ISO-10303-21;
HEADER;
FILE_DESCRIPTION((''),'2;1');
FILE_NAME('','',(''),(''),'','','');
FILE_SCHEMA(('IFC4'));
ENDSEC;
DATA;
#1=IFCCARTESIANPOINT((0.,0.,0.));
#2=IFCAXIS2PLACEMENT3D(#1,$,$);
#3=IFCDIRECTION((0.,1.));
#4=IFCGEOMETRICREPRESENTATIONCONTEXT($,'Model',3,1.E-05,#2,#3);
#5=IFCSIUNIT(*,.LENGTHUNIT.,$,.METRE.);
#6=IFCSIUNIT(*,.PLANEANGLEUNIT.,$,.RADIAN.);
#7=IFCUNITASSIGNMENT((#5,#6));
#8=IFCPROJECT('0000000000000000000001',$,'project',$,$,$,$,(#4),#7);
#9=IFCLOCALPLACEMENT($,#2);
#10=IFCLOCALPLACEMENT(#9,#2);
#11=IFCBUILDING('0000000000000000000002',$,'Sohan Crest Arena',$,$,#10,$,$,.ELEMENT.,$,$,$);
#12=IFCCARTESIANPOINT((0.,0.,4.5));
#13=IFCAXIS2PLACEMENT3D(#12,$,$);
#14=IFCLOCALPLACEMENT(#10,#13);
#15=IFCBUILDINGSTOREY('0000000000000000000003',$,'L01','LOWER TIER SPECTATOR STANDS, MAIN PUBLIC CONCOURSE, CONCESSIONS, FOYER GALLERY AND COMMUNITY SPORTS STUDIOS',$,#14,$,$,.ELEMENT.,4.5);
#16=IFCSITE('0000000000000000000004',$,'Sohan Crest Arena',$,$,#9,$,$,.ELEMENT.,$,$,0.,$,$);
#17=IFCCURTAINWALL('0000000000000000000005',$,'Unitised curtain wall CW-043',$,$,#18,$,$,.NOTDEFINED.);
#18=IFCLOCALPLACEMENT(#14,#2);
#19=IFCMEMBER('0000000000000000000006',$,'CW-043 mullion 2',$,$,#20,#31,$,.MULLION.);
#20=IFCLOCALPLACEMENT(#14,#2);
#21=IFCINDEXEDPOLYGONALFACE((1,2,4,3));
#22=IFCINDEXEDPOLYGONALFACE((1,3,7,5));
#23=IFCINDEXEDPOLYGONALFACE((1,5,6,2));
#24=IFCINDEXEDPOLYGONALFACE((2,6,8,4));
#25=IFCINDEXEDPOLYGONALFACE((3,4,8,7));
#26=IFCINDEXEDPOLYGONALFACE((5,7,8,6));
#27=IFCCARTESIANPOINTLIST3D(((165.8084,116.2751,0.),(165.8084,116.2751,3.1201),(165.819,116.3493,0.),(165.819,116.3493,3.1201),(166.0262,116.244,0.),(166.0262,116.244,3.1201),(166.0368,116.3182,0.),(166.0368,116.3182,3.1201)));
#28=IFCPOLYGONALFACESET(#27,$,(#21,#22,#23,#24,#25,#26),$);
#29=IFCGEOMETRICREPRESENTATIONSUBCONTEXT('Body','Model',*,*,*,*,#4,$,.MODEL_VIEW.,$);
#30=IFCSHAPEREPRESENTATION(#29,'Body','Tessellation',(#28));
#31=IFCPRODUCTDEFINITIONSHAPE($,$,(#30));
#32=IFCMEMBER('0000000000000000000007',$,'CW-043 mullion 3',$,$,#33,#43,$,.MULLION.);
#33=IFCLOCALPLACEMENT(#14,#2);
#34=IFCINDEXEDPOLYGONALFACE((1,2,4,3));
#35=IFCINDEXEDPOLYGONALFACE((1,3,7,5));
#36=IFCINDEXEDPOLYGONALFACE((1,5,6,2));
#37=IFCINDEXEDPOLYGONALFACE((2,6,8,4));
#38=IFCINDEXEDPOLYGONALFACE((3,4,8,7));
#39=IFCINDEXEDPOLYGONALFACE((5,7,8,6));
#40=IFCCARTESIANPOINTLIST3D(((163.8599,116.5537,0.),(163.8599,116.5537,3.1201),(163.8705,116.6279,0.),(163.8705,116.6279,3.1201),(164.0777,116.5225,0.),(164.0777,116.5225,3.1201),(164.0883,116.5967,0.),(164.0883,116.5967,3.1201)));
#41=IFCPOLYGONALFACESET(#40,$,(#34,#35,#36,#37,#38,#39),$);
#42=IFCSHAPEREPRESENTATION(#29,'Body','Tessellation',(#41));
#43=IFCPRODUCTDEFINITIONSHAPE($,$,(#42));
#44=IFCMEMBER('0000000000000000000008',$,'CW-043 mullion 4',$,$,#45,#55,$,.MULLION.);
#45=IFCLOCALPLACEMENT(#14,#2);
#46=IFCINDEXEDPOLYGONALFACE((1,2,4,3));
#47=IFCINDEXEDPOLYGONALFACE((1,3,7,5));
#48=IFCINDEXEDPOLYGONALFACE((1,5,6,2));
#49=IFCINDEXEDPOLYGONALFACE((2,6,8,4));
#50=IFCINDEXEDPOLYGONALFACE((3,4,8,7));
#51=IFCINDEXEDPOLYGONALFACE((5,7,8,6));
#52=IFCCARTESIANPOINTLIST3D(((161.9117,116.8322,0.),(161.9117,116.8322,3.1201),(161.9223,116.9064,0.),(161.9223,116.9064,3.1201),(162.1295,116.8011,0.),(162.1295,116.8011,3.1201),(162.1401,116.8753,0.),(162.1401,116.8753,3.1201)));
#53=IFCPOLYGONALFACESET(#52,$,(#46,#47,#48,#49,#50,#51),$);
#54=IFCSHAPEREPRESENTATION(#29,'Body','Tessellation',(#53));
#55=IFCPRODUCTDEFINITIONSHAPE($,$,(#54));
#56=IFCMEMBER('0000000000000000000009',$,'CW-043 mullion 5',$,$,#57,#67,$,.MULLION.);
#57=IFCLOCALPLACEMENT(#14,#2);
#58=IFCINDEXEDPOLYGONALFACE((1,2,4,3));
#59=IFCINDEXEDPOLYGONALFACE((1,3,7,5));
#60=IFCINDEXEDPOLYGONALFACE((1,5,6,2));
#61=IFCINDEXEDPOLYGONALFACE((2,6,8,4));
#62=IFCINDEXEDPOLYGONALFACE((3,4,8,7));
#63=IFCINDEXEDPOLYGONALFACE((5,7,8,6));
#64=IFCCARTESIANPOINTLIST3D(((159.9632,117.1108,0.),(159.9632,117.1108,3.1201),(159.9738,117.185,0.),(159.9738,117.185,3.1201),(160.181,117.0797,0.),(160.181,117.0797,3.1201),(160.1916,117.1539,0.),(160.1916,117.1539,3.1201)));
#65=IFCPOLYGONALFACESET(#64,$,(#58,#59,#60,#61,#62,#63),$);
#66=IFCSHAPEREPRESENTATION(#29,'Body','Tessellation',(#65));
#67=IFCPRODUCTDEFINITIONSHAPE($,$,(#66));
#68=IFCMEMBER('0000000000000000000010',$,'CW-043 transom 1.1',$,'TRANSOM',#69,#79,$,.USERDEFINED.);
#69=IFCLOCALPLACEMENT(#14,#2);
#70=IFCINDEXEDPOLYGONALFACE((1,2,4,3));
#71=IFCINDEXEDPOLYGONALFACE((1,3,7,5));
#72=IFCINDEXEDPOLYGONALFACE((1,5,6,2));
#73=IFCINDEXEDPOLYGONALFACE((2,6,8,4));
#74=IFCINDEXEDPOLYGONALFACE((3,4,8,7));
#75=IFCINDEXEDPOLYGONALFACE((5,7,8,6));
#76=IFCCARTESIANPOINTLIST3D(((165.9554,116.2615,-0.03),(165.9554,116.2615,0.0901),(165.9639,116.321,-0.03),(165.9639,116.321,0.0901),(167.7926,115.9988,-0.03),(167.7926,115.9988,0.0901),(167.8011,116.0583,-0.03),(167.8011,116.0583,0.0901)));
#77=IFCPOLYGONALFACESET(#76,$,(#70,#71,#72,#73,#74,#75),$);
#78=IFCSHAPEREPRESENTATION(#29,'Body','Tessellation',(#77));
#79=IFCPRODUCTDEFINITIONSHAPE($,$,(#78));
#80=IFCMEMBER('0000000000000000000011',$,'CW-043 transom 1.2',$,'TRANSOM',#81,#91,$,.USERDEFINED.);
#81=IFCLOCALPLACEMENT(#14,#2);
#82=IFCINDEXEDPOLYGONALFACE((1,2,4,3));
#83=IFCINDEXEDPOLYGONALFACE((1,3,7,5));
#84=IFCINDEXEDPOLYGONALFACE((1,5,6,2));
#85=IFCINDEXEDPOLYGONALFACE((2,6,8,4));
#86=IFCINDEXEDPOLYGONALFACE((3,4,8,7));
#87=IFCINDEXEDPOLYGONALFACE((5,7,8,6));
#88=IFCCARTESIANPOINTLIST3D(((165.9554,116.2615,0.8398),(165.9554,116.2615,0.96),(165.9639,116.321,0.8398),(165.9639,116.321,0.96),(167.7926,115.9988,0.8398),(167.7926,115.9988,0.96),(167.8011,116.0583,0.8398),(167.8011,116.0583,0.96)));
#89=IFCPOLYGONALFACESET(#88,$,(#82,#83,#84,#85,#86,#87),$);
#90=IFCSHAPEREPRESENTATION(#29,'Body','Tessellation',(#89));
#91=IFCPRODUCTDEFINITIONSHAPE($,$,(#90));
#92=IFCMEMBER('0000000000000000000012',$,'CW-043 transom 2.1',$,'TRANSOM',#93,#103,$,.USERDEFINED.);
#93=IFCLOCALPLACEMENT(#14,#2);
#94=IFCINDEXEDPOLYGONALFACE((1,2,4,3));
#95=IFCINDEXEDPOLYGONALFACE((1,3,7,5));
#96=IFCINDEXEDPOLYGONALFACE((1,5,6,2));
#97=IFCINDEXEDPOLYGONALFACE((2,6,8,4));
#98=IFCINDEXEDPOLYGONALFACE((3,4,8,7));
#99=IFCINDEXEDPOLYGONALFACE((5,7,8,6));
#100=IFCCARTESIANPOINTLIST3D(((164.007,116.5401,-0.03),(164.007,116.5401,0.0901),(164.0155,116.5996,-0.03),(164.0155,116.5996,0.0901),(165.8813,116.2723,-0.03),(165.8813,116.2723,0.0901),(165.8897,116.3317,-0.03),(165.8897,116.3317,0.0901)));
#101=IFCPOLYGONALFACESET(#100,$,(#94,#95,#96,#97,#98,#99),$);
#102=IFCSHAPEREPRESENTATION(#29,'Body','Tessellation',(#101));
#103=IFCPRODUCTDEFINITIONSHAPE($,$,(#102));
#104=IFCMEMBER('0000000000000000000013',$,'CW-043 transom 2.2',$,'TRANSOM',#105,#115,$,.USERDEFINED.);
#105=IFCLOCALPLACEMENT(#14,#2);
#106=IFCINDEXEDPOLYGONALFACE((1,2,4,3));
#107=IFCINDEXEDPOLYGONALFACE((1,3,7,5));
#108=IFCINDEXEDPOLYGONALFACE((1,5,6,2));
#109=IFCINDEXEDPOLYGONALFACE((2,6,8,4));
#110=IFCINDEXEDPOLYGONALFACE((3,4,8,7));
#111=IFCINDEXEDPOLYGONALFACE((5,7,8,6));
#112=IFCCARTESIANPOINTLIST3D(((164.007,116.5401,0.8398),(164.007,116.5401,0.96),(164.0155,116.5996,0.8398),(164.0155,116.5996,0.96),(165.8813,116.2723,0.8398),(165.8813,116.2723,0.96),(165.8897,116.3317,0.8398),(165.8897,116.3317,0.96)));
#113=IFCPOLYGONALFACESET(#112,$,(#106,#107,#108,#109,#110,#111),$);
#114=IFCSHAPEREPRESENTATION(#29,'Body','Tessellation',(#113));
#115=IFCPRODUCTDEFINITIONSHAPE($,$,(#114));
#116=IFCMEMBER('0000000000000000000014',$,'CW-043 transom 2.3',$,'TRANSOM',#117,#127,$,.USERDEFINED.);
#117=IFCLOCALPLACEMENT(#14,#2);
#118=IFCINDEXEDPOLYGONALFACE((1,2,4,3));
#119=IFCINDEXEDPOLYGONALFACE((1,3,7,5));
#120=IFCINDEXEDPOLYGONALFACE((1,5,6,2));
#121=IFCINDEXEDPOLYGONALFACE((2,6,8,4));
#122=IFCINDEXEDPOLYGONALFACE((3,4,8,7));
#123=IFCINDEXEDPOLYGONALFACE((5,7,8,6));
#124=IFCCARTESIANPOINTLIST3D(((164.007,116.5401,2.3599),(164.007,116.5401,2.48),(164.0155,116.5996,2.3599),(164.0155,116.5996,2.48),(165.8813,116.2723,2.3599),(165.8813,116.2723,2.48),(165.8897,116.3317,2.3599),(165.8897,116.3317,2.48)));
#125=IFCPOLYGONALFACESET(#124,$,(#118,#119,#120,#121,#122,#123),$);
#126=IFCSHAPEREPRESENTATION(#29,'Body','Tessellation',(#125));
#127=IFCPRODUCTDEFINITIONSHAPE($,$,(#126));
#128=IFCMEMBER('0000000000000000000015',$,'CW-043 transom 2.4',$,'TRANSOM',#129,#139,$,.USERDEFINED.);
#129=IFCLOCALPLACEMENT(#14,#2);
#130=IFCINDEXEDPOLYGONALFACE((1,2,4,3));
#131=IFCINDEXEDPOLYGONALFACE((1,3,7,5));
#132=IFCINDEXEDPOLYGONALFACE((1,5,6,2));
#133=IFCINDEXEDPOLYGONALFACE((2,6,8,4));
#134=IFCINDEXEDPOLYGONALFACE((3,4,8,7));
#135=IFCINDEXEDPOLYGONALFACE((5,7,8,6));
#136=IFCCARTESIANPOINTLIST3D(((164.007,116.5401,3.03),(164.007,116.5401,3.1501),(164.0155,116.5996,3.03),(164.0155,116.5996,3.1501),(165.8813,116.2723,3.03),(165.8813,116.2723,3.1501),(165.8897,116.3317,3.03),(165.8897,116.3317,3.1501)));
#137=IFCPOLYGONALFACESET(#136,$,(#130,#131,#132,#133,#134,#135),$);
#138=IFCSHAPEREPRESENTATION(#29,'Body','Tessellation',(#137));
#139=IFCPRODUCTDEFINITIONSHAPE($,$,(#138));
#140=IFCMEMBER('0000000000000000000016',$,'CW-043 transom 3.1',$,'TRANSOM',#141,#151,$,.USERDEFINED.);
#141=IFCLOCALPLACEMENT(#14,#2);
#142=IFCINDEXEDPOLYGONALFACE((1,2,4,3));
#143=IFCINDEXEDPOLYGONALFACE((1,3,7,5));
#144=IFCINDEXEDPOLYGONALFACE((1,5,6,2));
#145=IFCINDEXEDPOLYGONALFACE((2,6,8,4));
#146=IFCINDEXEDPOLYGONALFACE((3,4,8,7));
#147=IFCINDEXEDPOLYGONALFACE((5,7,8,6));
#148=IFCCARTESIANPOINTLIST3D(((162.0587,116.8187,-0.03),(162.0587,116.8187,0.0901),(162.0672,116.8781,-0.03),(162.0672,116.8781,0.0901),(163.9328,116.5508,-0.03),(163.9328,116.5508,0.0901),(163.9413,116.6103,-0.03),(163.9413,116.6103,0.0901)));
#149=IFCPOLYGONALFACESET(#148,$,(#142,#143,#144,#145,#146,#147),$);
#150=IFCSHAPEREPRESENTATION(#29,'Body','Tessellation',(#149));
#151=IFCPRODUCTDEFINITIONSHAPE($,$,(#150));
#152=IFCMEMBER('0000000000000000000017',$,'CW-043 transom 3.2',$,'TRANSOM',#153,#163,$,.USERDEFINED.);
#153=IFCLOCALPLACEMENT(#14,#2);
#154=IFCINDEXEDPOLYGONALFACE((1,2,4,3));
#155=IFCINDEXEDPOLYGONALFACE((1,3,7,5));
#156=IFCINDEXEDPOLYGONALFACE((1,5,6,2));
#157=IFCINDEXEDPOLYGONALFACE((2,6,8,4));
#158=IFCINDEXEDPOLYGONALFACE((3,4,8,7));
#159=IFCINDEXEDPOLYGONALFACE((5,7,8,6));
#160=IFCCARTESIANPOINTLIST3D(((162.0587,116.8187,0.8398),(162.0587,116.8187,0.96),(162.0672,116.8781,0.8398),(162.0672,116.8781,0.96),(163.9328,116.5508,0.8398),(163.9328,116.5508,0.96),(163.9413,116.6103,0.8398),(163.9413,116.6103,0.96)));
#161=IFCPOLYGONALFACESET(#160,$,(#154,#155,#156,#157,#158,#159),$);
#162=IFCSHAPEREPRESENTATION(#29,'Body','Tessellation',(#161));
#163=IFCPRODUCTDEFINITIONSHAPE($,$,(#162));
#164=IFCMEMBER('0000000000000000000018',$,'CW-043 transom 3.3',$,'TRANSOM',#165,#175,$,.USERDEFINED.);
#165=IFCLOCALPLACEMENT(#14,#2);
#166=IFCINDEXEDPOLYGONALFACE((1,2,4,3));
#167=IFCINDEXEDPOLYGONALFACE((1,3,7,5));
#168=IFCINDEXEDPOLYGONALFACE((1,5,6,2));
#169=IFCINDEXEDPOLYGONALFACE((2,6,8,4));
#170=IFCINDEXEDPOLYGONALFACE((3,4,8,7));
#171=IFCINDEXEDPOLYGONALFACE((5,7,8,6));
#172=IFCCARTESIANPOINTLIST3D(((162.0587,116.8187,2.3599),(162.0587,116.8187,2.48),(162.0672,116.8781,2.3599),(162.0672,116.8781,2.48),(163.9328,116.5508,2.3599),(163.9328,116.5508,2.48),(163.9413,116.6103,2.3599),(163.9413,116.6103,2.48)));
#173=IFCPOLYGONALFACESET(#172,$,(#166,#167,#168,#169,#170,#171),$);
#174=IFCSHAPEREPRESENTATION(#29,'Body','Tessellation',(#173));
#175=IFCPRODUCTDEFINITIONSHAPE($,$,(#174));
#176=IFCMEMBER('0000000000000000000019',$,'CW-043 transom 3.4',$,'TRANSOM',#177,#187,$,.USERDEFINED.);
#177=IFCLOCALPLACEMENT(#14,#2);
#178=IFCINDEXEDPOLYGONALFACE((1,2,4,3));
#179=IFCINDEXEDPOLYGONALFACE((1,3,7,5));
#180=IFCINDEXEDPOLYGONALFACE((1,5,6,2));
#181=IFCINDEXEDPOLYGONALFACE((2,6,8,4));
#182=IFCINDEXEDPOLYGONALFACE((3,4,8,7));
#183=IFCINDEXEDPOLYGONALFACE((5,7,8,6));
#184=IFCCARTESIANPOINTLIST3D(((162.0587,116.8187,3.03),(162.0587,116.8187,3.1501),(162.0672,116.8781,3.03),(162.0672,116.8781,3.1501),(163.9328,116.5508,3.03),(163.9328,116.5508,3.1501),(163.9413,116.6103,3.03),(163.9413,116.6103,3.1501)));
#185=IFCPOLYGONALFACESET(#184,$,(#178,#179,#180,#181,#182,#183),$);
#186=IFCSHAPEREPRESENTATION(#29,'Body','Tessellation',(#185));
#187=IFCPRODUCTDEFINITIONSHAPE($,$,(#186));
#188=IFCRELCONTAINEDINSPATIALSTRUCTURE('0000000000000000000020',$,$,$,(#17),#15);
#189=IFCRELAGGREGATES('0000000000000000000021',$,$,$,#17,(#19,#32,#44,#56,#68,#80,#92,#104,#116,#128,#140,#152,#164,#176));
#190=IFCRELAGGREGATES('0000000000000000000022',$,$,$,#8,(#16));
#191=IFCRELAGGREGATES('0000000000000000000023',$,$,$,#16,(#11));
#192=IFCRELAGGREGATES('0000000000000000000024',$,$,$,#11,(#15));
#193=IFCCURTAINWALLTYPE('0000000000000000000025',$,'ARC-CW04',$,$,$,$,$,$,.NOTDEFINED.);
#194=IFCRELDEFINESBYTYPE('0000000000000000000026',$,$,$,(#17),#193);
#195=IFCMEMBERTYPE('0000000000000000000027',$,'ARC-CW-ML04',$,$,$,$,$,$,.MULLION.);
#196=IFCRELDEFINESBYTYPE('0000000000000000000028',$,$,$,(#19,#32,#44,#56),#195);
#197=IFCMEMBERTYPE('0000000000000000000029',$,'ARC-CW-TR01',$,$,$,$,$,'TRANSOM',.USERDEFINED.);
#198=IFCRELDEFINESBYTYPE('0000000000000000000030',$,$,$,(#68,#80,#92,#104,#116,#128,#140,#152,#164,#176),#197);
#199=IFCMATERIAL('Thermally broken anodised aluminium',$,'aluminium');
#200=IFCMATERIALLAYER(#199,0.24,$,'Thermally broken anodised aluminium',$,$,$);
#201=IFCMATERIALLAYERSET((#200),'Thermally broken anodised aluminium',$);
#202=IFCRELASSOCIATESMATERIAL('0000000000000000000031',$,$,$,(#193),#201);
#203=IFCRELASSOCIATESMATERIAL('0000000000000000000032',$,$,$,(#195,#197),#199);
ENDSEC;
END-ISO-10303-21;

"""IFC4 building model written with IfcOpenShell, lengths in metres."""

from ifc_helpers import new_model, si_unit, direction, frame, origin, origin_2d, place, context, subcontext, project, spatial, rectangle, extrude, material, layer, layer_set, material_profile, profile_set, type_object, element, aggregate, save


model = new_model("IFC4")

# Units and contexts
model_context = context("Model", 3, precision=1e-05, world=origin(), true_north=direction((0.0, 1.0)))
body_context = subcontext(model_context, "Body", "Model", "MODEL_VIEW")
ifc_project = project(units=[si_unit("LENGTHUNIT", "METRE"), si_unit("PLANEANGLEUNIT", "RADIAN")], contexts=[model_context])

# Site, building, storey
site_placement = place(None, origin())
site = spatial("IfcSite", under=ifc_project, at=site_placement, Name="Sohan Crest Arena", CompositionType="ELEMENT", RefElevation=0.0)
building_placement = place(site_placement, origin())
building = spatial("IfcBuilding", under=site, at=building_placement, Name="Sohan Crest Arena", CompositionType="ELEMENT")
storey_placement = place(building_placement, frame((0.0, 0.0, 4.5)))
storey = spatial("IfcBuildingStorey", under=building, at=storey_placement, Name="L01", Description="LOWER TIER SPECTATOR STANDS, MAIN PUBLIC CONCOURSE, CONCESSIONS, FOYER GALLERY AND COMMUNITY SPORTS STUDIOS", CompositionType="ELEMENT", Elevation=4.5)

# Curtain wall, members
ifc_material_1 = material(Name="Thermally broken anodised aluminium", Category="aluminium")
ifc_layer_1 = layer(ifc_material_1, 0.24, Name="Thermally broken anodised aluminium")
ifc_layer_set_1 = layer_set([ifc_layer_1], Name="Thermally broken anodised aluminium")
curtain_wall_type = type_object("IfcCurtainWallType", Name="ARC-CW04", PredefinedType="NOTDEFINED", material=ifc_layer_set_1)
curtain_wall_placement = place(storey_placement, origin())
curtain_wall = element("IfcCurtainWall", 1, at=curtain_wall_placement, inside=storey, type_object=curtain_wall_type, Name="Unitised curtain wall CW-043", PredefinedType="NOTDEFINED")
ifc_material_profile_1 = material_profile(ifc_material_1, rectangle(XDim=0.075, YDim=0.22, at=origin_2d()), Name="ALU-MULL 75x220")
ifc_profile_set_1 = profile_set([ifc_material_profile_1], Name="Thermally broken anodised aluminium")
member_type_1 = type_object("IfcMemberType", Name="ARC-CW-ML04", PredefinedType="MULLION", material=ifc_profile_set_1)
member_1_placement = place(storey_placement, frame((165.9226, 116.2966, 0.0), z_axis=(0.0, 0.0, 1.0), x_axis=(-0.141549, -0.989931, 0.0)))
member_1 = element("IfcMember", 2, at=member_1_placement, type_object=member_type_1, Name="CW-043 mullion 2", PredefinedType="MULLION", context=body_context, shape_type="SweptSolid", body=[
    extrude(rectangle(XDim=0.075, YDim=0.22, at=origin_2d()), origin(), (0.0, 0.0, 1.0), 3.1201),
])
member_2_placement = place(storey_placement, frame((163.9741, 116.5752, 0.0), z_axis=(0.0, 0.0, 1.0), x_axis=(-0.141549, -0.989931, 0.0)))
member_2 = element("IfcMember", 3, at=member_2_placement, type_object=member_type_1, Name="CW-043 mullion 3", PredefinedType="MULLION", context=body_context, shape_type="SweptSolid", body=[
    extrude(rectangle(XDim=0.075, YDim=0.22, at=origin_2d()), origin(), (0.0, 0.0, 1.0), 3.1201),
])
member_3_placement = place(storey_placement, frame((162.0259, 116.8538, 0.0), z_axis=(0.0, 0.0, 1.0), x_axis=(-0.141549, -0.989931, 0.0)))
member_3 = element("IfcMember", 4, at=member_3_placement, type_object=member_type_1, Name="CW-043 mullion 4", PredefinedType="MULLION", context=body_context, shape_type="SweptSolid", body=[
    extrude(rectangle(XDim=0.075, YDim=0.22, at=origin_2d()), origin(), (0.0, 0.0, 1.0), 3.1201),
])
member_4_placement = place(storey_placement, frame((160.0774, 117.1323, 0.0), z_axis=(0.0, 0.0, 1.0), x_axis=(-0.141549, -0.989931, 0.0)))
member_4 = element("IfcMember", 5, at=member_4_placement, type_object=member_type_1, Name="CW-043 mullion 5", PredefinedType="MULLION", context=body_context, shape_type="SweptSolid", body=[
    extrude(rectangle(XDim=0.075, YDim=0.22, at=origin_2d()), origin(), (0.0, 0.0, 1.0), 3.1201),
])
ifc_material_profile_2 = material_profile(ifc_material_1, rectangle(XDim=0.0601, YDim=0.1201, at=origin_2d()), Name="ALU-TRAN 60x120")
ifc_profile_set_2 = profile_set([ifc_material_profile_2], Name="Thermally broken anodised aluminium")
member_type_2 = type_object("IfcMemberType", Name="ARC-CW-TR01", ElementType="TRANSOM", PredefinedType="USERDEFINED", material=ifc_profile_set_2)
member_5_placement = place(storey_placement, frame((167.7969, 116.0286, 0.03), z_axis=(-0.989931, 0.14155, 0.0), x_axis=(-0.14155, -0.989931, 0.0)))
member_5 = element("IfcMember", 6, at=member_5_placement, type_object=member_type_2, Name="CW-043 transom 1.1", ObjectType="TRANSOM", PredefinedType="USERDEFINED", context=body_context, shape_type="SweptSolid", body=[
    extrude(rectangle(XDim=0.0601, YDim=0.1201, at=origin_2d()), origin(), (0.0, 0.0, 1.0), 1.856),
])
member_6_placement = place(storey_placement, frame((167.7969, 116.0286, 0.8999), z_axis=(-0.989931, 0.14155, 0.0), x_axis=(-0.14155, -0.989931, 0.0)))
member_6 = element("IfcMember", 7, at=member_6_placement, type_object=member_type_2, Name="CW-043 transom 1.2", ObjectType="TRANSOM", PredefinedType="USERDEFINED", context=body_context, shape_type="SweptSolid", body=[
    extrude(rectangle(XDim=0.0601, YDim=0.1201, at=origin_2d()), origin(), (0.0, 0.0, 1.0), 1.856),
])
member_7_placement = place(storey_placement, frame((165.8855, 116.302, 0.03), z_axis=(-0.989944, 0.141457, 0.0), x_axis=(-0.141457, -0.989944, 0.0)))
member_7 = element("IfcMember", 8, at=member_7_placement, type_object=member_type_2, Name="CW-043 transom 2.1", ObjectType="TRANSOM", PredefinedType="USERDEFINED", context=body_context, shape_type="SweptSolid", body=[
    extrude(rectangle(XDim=0.0601, YDim=0.1201, at=origin_2d()), origin(), (0.0, 0.0, 1.0), 1.8933),
])
member_8_placement = place(storey_placement, frame((165.8855, 116.302, 0.8999), z_axis=(-0.989944, 0.141457, 0.0), x_axis=(-0.141457, -0.989944, 0.0)))
member_8 = element("IfcMember", 9, at=member_8_placement, type_object=member_type_2, Name="CW-043 transom 2.2", ObjectType="TRANSOM", PredefinedType="USERDEFINED", context=body_context, shape_type="SweptSolid", body=[
    extrude(rectangle(XDim=0.0601, YDim=0.1201, at=origin_2d()), origin(), (0.0, 0.0, 1.0), 1.8933),
])
member_9_placement = place(storey_placement, frame((165.8855, 116.302, 2.4199), z_axis=(-0.989944, 0.141457, 0.0), x_axis=(-0.141457, -0.989944, 0.0)))
member_9 = element("IfcMember", 10, at=member_9_placement, type_object=member_type_2, Name="CW-043 transom 2.3", ObjectType="TRANSOM", PredefinedType="USERDEFINED", context=body_context, shape_type="SweptSolid", body=[
    extrude(rectangle(XDim=0.0601, YDim=0.1201, at=origin_2d()), origin(), (0.0, 0.0, 1.0), 1.8933),
])
member_10_placement = place(storey_placement, frame((165.8855, 116.302, 3.0901), z_axis=(-0.989944, 0.141457, 0.0), x_axis=(-0.141457, -0.989944, 0.0)))
member_10 = element("IfcMember", 11, at=member_10_placement, type_object=member_type_2, Name="CW-043 transom 2.4", ObjectType="TRANSOM", PredefinedType="USERDEFINED", context=body_context, shape_type="SweptSolid", body=[
    extrude(rectangle(XDim=0.0601, YDim=0.1201, at=origin_2d()), origin(), (0.0, 0.0, 1.0), 1.8933),
])
member_11_placement = place(storey_placement, frame((163.937, 116.5806, 0.03), z_axis=(-0.989942, 0.141476, 0.0), x_axis=(-0.141476, -0.989942, 0.0)))
member_11 = element("IfcMember", 12, at=member_11_placement, type_object=member_type_2, Name="CW-043 transom 3.1", ObjectType="TRANSOM", PredefinedType="USERDEFINED", context=body_context, shape_type="SweptSolid", body=[
    extrude(rectangle(XDim=0.0601, YDim=0.1201, at=origin_2d()), origin(), (0.0, 0.0, 1.0), 1.8931),
])
member_12_placement = place(storey_placement, frame((163.937, 116.5806, 0.8999), z_axis=(-0.989942, 0.141476, 0.0), x_axis=(-0.141476, -0.989942, 0.0)))
member_12 = element("IfcMember", 13, at=member_12_placement, type_object=member_type_2, Name="CW-043 transom 3.2", ObjectType="TRANSOM", PredefinedType="USERDEFINED", context=body_context, shape_type="SweptSolid", body=[
    extrude(rectangle(XDim=0.0601, YDim=0.1201, at=origin_2d()), origin(), (0.0, 0.0, 1.0), 1.8931),
])
member_13_placement = place(storey_placement, frame((163.937, 116.5806, 2.4199), z_axis=(-0.989942, 0.141476, 0.0), x_axis=(-0.141476, -0.989942, 0.0)))
member_13 = element("IfcMember", 14, at=member_13_placement, type_object=member_type_2, Name="CW-043 transom 3.3", ObjectType="TRANSOM", PredefinedType="USERDEFINED", context=body_context, shape_type="SweptSolid", body=[
    extrude(rectangle(XDim=0.0601, YDim=0.1201, at=origin_2d()), origin(), (0.0, 0.0, 1.0), 1.8931),
])
member_14_placement = place(storey_placement, frame((163.937, 116.5806, 3.0901), z_axis=(-0.989942, 0.141476, 0.0), x_axis=(-0.141476, -0.989942, 0.0)))
member_14 = element("IfcMember", 15, at=member_14_placement, type_object=member_type_2, Name="CW-043 transom 3.4", ObjectType="TRANSOM", PredefinedType="USERDEFINED", context=body_context, shape_type="SweptSolid", body=[
    extrude(rectangle(XDim=0.0601, YDim=0.1201, at=origin_2d()), origin(), (0.0, 0.0, 1.0), 1.8931),
])
aggregate(curtain_wall, [member_1, member_2, member_3, member_4, member_5, member_6, member_7, member_8, member_9, member_10, member_11, member_12, member_13, member_14])

save(model, "model.ifc")
